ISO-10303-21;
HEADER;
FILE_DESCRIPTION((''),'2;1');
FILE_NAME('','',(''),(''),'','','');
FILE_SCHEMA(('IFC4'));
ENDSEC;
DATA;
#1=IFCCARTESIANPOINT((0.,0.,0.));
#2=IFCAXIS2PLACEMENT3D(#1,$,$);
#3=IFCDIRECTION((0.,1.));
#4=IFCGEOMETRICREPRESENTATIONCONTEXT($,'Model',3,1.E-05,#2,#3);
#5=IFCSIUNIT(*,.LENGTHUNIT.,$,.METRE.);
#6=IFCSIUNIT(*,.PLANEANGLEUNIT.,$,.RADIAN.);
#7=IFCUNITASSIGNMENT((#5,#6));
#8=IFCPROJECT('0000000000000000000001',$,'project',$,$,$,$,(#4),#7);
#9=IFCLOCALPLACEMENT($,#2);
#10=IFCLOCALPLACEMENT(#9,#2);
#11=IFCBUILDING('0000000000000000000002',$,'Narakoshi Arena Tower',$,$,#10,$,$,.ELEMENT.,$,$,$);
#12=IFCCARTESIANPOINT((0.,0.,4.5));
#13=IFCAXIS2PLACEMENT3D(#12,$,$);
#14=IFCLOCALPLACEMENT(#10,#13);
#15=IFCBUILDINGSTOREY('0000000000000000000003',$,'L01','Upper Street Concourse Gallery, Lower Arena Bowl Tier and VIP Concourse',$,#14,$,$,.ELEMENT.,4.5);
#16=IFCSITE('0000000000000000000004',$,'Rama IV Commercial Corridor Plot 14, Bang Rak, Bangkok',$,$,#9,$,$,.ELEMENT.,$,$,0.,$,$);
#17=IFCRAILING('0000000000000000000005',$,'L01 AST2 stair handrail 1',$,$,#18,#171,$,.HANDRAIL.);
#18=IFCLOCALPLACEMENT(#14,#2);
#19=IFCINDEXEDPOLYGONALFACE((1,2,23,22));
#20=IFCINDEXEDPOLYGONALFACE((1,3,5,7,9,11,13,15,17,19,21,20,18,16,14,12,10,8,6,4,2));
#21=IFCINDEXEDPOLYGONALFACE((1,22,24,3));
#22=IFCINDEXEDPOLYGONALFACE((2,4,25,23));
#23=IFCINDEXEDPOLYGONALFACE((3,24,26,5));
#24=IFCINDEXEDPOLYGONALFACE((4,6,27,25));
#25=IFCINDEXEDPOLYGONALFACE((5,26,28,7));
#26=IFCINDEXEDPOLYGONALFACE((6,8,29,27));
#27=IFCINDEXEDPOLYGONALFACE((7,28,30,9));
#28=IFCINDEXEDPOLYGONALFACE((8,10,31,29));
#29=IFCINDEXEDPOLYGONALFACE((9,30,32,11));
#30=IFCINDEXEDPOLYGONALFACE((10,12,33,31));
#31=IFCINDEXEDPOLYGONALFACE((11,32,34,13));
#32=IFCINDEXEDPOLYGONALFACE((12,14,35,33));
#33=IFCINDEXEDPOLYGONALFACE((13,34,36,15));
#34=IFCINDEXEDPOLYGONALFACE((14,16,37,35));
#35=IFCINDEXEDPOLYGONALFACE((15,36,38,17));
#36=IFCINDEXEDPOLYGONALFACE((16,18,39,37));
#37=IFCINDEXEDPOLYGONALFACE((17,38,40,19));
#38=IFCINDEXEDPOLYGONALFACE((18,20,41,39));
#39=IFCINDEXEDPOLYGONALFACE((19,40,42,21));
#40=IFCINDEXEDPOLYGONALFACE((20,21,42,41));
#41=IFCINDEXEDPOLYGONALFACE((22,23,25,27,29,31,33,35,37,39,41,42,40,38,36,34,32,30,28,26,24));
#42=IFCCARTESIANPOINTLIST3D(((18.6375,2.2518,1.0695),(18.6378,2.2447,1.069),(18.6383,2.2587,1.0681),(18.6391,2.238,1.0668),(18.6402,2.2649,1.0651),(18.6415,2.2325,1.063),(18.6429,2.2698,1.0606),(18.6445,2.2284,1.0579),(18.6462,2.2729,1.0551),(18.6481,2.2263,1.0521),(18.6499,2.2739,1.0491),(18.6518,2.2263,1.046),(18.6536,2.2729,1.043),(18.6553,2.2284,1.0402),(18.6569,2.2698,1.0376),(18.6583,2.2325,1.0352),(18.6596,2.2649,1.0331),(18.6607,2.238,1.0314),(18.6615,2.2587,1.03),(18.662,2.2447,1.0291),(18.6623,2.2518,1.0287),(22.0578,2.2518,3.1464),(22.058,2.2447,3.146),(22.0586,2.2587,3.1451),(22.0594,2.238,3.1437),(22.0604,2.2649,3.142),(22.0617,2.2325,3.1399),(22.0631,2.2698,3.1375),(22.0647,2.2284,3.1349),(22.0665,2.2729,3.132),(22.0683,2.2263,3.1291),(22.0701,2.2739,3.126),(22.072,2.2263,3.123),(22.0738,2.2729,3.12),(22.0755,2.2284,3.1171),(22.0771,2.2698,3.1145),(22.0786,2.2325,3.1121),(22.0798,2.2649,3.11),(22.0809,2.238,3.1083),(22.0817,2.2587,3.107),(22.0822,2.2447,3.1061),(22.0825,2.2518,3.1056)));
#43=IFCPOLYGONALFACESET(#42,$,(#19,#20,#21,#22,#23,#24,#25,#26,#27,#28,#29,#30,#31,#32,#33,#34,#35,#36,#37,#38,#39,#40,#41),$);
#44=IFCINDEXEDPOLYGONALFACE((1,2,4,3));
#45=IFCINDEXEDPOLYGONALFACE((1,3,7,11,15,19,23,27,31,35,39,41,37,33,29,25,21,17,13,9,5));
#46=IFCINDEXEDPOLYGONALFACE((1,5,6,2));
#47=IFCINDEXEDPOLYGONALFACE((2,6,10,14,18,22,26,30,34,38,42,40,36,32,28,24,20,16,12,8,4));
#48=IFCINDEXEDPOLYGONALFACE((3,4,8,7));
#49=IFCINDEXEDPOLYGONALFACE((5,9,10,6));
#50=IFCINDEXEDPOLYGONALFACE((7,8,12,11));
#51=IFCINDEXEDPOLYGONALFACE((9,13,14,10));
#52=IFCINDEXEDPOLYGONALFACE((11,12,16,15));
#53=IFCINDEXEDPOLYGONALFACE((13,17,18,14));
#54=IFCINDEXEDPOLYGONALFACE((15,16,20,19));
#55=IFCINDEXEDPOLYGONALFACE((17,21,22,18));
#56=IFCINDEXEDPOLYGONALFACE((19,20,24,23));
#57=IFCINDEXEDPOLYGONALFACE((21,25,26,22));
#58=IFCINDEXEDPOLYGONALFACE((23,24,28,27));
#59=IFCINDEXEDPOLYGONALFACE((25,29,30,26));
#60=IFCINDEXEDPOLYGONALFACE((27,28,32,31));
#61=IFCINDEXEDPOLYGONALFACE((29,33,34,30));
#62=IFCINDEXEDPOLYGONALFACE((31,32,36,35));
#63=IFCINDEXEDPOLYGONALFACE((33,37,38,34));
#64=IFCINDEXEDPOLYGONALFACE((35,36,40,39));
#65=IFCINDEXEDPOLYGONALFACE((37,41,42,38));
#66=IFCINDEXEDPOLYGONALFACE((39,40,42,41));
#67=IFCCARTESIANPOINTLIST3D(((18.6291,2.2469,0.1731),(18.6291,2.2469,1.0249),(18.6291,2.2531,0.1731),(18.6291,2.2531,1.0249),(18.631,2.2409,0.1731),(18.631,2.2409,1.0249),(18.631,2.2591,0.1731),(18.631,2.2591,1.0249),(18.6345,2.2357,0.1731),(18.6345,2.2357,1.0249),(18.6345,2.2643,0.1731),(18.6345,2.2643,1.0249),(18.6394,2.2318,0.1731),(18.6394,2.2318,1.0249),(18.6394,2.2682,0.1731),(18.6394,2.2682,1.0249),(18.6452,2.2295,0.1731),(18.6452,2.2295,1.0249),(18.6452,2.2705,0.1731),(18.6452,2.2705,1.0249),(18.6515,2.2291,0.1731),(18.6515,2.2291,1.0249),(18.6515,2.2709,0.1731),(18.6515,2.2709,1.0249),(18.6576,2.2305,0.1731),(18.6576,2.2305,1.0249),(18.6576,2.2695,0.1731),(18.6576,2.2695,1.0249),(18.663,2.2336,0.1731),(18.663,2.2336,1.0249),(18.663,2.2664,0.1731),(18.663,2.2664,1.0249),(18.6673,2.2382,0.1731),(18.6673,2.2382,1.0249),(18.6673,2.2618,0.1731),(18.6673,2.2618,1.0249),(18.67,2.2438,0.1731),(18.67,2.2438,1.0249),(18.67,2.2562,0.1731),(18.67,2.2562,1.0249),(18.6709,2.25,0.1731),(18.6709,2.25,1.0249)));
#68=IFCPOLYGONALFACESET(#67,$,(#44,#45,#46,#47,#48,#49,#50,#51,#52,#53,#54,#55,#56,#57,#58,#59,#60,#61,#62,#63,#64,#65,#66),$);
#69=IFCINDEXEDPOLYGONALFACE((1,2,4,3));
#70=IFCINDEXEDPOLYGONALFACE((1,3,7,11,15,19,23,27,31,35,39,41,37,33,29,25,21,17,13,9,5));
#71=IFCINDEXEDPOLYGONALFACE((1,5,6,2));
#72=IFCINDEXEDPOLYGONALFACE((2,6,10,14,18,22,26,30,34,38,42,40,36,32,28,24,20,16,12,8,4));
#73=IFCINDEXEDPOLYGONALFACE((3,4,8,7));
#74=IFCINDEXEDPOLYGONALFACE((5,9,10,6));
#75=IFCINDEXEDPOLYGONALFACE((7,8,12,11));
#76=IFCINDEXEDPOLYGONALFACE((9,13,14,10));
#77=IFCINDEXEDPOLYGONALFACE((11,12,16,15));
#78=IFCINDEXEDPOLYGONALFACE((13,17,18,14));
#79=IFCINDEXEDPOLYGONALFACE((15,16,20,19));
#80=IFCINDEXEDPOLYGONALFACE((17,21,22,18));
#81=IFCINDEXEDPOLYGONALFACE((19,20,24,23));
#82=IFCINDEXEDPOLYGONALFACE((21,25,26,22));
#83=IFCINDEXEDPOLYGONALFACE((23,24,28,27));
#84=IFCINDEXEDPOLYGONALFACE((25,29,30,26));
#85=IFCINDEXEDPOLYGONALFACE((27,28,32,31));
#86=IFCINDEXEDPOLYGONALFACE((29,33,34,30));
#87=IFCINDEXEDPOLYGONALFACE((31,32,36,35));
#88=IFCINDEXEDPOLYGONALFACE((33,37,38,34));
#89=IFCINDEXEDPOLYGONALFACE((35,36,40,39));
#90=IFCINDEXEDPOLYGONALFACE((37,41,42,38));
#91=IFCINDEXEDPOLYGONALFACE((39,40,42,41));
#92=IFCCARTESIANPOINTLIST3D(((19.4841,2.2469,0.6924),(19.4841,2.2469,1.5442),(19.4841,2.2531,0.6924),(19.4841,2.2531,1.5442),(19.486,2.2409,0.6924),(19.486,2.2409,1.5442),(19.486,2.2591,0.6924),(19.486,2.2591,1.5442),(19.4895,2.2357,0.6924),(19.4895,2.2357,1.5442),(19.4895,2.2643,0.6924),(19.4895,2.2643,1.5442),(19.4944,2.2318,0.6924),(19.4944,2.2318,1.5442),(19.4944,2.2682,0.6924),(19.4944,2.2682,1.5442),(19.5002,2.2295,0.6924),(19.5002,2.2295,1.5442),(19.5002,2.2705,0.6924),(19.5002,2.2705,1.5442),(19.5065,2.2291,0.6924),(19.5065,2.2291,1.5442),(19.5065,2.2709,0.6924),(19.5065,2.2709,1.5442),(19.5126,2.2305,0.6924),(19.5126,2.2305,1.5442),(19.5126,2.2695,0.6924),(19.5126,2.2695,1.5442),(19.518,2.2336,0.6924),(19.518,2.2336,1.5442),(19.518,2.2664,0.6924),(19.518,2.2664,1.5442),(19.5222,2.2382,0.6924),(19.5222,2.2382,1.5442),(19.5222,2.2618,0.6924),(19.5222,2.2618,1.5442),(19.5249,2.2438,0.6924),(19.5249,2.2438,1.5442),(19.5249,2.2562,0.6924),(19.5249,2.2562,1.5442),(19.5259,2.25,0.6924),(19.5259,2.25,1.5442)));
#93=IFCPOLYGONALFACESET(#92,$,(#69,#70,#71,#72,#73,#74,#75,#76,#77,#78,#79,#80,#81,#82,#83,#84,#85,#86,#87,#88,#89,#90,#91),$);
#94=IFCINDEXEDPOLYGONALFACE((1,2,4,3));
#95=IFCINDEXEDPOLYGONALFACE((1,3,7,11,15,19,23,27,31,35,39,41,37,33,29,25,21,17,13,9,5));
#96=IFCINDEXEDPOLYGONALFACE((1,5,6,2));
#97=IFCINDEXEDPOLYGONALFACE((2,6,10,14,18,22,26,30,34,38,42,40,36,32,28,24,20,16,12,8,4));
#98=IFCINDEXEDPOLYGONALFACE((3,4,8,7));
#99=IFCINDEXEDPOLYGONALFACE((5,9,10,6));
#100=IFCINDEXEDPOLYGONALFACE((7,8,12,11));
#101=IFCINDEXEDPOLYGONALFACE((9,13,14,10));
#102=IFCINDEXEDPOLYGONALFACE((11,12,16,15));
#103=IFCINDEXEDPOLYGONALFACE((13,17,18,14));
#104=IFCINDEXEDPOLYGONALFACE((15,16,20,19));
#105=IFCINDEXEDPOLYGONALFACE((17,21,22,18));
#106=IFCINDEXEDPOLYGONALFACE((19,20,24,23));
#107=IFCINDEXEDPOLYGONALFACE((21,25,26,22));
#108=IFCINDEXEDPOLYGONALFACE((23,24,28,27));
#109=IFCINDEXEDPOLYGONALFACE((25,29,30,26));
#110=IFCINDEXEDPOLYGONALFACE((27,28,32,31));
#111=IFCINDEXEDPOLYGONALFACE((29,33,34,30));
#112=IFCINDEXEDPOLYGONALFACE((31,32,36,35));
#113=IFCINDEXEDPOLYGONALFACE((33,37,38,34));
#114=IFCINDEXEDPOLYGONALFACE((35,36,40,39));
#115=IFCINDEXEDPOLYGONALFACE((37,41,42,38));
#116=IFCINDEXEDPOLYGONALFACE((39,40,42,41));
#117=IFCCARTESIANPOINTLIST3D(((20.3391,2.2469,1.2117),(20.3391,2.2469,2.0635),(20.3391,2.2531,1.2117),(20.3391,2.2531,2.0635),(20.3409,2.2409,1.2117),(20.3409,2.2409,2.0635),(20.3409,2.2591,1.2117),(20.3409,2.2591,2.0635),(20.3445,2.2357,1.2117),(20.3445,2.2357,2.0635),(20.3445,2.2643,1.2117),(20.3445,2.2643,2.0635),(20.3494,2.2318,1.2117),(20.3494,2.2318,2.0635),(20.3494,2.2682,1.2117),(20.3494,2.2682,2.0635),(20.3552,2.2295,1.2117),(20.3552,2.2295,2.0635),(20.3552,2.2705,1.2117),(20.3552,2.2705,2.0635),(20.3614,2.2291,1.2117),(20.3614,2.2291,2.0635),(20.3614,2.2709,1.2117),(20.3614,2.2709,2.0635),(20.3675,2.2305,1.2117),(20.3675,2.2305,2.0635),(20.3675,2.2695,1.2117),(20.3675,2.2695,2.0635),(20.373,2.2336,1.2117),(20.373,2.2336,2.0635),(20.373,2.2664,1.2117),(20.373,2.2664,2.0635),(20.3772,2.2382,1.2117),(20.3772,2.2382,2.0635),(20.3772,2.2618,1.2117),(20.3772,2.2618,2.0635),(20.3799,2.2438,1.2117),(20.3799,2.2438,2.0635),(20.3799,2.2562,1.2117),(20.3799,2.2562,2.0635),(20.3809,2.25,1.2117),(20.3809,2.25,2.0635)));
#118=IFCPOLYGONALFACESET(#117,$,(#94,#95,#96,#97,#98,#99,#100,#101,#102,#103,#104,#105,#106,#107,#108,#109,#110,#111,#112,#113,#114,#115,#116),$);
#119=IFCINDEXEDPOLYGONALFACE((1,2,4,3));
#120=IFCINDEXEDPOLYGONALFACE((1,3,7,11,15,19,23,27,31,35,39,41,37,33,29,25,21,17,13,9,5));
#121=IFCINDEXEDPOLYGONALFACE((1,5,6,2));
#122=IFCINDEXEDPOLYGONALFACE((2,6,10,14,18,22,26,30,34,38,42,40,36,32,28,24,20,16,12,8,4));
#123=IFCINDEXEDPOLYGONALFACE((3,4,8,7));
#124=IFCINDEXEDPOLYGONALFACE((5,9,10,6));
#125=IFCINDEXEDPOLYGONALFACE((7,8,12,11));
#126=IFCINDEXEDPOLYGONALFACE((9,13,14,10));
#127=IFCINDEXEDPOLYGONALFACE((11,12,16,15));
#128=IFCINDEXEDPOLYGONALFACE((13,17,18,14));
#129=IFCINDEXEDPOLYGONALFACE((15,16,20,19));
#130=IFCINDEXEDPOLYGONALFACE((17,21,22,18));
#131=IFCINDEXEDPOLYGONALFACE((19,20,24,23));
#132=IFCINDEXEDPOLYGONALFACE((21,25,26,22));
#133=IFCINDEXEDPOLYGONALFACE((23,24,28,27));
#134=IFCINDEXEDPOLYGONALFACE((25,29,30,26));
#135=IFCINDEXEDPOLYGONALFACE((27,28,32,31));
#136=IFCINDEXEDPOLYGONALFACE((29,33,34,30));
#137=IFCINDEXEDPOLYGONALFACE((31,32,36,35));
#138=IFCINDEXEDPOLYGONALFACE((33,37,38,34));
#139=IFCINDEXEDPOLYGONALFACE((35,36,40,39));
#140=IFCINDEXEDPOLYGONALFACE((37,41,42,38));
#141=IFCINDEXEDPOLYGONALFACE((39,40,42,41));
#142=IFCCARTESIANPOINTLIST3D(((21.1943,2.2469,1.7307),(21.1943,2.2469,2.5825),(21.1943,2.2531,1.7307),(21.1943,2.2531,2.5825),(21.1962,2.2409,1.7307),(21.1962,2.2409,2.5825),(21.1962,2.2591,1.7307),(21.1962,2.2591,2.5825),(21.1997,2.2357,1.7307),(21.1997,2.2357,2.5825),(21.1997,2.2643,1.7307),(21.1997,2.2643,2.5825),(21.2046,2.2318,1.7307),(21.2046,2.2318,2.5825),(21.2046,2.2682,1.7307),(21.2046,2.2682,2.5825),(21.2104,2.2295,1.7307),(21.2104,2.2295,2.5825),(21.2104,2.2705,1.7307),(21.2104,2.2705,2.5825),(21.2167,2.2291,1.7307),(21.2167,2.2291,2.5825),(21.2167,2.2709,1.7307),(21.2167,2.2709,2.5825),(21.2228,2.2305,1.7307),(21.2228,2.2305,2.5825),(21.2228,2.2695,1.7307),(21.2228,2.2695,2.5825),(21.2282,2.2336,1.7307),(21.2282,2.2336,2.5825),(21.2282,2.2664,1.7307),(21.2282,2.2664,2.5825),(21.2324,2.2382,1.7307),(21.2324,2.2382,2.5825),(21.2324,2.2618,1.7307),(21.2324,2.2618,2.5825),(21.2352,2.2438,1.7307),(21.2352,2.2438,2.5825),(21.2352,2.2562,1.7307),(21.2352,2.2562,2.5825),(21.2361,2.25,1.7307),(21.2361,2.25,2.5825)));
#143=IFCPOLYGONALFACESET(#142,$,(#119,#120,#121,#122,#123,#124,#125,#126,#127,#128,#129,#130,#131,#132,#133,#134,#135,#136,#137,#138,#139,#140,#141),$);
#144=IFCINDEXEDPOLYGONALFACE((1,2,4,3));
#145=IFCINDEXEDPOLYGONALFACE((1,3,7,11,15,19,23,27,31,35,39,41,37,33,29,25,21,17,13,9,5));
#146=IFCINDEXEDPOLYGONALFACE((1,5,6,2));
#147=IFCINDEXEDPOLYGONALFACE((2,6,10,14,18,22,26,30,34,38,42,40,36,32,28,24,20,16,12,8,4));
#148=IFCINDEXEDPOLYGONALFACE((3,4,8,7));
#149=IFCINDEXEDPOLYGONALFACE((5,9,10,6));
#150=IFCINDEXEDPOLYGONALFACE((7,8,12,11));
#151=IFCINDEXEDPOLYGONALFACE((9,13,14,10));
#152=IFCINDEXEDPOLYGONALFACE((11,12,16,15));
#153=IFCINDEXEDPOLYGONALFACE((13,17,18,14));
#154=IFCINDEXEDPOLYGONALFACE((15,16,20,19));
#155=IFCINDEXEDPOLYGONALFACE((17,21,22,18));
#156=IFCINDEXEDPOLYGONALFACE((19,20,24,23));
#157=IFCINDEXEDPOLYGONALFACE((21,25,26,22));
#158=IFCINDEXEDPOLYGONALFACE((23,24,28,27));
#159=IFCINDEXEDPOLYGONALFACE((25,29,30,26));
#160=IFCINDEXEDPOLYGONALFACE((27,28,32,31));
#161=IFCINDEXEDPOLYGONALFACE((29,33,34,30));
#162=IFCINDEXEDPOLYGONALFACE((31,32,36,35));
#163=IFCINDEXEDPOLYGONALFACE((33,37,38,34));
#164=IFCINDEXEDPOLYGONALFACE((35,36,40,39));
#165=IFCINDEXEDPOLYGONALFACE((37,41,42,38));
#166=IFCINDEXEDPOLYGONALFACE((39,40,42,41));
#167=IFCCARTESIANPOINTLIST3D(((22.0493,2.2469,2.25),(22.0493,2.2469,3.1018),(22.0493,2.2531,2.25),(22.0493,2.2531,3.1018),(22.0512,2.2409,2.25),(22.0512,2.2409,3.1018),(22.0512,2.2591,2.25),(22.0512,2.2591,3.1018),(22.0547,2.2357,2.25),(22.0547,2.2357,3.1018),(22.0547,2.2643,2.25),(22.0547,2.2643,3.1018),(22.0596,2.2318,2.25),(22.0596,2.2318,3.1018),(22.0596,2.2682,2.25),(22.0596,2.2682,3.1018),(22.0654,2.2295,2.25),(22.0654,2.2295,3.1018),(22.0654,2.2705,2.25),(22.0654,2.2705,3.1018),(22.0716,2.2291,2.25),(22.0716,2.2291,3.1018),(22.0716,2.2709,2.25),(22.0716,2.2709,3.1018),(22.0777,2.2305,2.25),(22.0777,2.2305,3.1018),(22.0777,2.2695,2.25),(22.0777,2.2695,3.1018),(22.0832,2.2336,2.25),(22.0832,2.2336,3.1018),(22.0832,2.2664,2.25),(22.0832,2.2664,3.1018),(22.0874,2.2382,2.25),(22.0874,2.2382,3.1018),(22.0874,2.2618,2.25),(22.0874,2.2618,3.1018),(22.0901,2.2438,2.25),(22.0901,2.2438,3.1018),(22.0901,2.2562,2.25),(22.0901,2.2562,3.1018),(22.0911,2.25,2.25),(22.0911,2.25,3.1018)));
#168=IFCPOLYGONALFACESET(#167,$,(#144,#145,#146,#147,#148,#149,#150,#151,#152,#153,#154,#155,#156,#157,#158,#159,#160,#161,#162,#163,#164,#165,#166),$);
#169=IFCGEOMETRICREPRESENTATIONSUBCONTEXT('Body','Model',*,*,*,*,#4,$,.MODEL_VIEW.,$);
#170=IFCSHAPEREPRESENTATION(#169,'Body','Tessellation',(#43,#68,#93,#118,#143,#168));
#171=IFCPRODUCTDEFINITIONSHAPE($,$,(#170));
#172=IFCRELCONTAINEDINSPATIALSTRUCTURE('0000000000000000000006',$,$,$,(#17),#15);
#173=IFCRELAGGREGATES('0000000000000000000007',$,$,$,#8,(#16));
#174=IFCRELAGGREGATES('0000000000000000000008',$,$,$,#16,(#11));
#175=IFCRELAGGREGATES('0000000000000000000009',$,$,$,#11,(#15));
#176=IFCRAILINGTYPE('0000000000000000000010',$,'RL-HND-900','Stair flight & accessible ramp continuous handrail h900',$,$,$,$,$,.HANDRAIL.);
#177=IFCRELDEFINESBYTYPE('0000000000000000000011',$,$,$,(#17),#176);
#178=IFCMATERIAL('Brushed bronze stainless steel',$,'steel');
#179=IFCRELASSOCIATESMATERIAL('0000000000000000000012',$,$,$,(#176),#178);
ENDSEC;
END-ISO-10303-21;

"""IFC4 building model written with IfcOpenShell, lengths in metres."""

from ifc_helpers import new_model, si_unit, direction, frame, origin, origin_2d, place, context, subcontext, project, spatial, circle, extrude, material, type_object, element, save


model = new_model("IFC4")

# Units and contexts
model_context = context("Model", 3, precision=1e-05, world=origin(), true_north=direction((0.0, 1.0)))
body_context = subcontext(model_context, "Body", "Model", "MODEL_VIEW")
ifc_project = project(units=[si_unit("LENGTHUNIT", "METRE"), si_unit("PLANEANGLEUNIT", "RADIAN")], contexts=[model_context])

# Site, building, storey
site_placement = place(None, origin())
site = spatial("IfcSite", under=ifc_project, at=site_placement, Name="Rama IV Commercial Corridor Plot 14, Bang Rak, Bangkok", CompositionType="ELEMENT", RefElevation=0.0)
building_placement = place(site_placement, origin())
building = spatial("IfcBuilding", under=site, at=building_placement, Name="Narakoshi Arena Tower", CompositionType="ELEMENT")
storey_placement = place(building_placement, frame((0.0, 0.0, 4.5)))
storey = spatial("IfcBuildingStorey", under=building, at=storey_placement, Name="L01", Description="Upper Street Concourse Gallery, Lower Arena Bowl Tier and VIP Concourse", CompositionType="ELEMENT", Elevation=4.5)

# Railing
ifc_material_1 = material(Name="Brushed bronze stainless steel", Category="steel")
railing_type_1 = type_object("IfcRailingType", Name="RL-HND-900", Description="Stair flight & accessible ramp continuous handrail h900", PredefinedType="HANDRAIL", material=ifc_material_1)
for number, where, name in (
    (1, (18.6499, 2.25, 0.1731), "L01 AST2 stair handrail 1"),
):
    element("IfcRailing", number, at=place(storey_placement, frame(where)), inside=storey, type_object=railing_type_1, Name=name, PredefinedType="HANDRAIL", context=body_context, shape_type="SweptSolid", body=[
        extrude(circle(Radius=0.0239, at=origin_2d()), frame((0.0, 0.0, 0.876), z_axis=(0.854746, 0.0, 0.519047), x_axis=(0.0, 1.0, 0.0)), (0.0, 0.0, 1.0), 4.0015),
        extrude(circle(Radius=0.021, at=origin_2d()), origin(), (0.0, 0.0, 1.0), 0.8518),
        extrude(circle(Radius=0.021, at=origin_2d()), frame((0.855, 0.0, 0.5193)), (0.0, 0.0, 1.0), 0.8518),
        extrude(circle(Radius=0.021, at=origin_2d()), frame((1.71, 0.0, 1.0386)), (0.0, 0.0, 1.0), 0.8518),
        extrude(circle(Radius=0.021, at=origin_2d()), frame((2.5652, 0.0, 1.5576)), (0.0, 0.0, 1.0), 0.8518),
        extrude(circle(Radius=0.021, at=origin_2d()), frame((3.4202, 0.0, 2.0769)), (0.0, 0.0, 1.0), 0.8518),
    ])

save(model, "model.ifc")
